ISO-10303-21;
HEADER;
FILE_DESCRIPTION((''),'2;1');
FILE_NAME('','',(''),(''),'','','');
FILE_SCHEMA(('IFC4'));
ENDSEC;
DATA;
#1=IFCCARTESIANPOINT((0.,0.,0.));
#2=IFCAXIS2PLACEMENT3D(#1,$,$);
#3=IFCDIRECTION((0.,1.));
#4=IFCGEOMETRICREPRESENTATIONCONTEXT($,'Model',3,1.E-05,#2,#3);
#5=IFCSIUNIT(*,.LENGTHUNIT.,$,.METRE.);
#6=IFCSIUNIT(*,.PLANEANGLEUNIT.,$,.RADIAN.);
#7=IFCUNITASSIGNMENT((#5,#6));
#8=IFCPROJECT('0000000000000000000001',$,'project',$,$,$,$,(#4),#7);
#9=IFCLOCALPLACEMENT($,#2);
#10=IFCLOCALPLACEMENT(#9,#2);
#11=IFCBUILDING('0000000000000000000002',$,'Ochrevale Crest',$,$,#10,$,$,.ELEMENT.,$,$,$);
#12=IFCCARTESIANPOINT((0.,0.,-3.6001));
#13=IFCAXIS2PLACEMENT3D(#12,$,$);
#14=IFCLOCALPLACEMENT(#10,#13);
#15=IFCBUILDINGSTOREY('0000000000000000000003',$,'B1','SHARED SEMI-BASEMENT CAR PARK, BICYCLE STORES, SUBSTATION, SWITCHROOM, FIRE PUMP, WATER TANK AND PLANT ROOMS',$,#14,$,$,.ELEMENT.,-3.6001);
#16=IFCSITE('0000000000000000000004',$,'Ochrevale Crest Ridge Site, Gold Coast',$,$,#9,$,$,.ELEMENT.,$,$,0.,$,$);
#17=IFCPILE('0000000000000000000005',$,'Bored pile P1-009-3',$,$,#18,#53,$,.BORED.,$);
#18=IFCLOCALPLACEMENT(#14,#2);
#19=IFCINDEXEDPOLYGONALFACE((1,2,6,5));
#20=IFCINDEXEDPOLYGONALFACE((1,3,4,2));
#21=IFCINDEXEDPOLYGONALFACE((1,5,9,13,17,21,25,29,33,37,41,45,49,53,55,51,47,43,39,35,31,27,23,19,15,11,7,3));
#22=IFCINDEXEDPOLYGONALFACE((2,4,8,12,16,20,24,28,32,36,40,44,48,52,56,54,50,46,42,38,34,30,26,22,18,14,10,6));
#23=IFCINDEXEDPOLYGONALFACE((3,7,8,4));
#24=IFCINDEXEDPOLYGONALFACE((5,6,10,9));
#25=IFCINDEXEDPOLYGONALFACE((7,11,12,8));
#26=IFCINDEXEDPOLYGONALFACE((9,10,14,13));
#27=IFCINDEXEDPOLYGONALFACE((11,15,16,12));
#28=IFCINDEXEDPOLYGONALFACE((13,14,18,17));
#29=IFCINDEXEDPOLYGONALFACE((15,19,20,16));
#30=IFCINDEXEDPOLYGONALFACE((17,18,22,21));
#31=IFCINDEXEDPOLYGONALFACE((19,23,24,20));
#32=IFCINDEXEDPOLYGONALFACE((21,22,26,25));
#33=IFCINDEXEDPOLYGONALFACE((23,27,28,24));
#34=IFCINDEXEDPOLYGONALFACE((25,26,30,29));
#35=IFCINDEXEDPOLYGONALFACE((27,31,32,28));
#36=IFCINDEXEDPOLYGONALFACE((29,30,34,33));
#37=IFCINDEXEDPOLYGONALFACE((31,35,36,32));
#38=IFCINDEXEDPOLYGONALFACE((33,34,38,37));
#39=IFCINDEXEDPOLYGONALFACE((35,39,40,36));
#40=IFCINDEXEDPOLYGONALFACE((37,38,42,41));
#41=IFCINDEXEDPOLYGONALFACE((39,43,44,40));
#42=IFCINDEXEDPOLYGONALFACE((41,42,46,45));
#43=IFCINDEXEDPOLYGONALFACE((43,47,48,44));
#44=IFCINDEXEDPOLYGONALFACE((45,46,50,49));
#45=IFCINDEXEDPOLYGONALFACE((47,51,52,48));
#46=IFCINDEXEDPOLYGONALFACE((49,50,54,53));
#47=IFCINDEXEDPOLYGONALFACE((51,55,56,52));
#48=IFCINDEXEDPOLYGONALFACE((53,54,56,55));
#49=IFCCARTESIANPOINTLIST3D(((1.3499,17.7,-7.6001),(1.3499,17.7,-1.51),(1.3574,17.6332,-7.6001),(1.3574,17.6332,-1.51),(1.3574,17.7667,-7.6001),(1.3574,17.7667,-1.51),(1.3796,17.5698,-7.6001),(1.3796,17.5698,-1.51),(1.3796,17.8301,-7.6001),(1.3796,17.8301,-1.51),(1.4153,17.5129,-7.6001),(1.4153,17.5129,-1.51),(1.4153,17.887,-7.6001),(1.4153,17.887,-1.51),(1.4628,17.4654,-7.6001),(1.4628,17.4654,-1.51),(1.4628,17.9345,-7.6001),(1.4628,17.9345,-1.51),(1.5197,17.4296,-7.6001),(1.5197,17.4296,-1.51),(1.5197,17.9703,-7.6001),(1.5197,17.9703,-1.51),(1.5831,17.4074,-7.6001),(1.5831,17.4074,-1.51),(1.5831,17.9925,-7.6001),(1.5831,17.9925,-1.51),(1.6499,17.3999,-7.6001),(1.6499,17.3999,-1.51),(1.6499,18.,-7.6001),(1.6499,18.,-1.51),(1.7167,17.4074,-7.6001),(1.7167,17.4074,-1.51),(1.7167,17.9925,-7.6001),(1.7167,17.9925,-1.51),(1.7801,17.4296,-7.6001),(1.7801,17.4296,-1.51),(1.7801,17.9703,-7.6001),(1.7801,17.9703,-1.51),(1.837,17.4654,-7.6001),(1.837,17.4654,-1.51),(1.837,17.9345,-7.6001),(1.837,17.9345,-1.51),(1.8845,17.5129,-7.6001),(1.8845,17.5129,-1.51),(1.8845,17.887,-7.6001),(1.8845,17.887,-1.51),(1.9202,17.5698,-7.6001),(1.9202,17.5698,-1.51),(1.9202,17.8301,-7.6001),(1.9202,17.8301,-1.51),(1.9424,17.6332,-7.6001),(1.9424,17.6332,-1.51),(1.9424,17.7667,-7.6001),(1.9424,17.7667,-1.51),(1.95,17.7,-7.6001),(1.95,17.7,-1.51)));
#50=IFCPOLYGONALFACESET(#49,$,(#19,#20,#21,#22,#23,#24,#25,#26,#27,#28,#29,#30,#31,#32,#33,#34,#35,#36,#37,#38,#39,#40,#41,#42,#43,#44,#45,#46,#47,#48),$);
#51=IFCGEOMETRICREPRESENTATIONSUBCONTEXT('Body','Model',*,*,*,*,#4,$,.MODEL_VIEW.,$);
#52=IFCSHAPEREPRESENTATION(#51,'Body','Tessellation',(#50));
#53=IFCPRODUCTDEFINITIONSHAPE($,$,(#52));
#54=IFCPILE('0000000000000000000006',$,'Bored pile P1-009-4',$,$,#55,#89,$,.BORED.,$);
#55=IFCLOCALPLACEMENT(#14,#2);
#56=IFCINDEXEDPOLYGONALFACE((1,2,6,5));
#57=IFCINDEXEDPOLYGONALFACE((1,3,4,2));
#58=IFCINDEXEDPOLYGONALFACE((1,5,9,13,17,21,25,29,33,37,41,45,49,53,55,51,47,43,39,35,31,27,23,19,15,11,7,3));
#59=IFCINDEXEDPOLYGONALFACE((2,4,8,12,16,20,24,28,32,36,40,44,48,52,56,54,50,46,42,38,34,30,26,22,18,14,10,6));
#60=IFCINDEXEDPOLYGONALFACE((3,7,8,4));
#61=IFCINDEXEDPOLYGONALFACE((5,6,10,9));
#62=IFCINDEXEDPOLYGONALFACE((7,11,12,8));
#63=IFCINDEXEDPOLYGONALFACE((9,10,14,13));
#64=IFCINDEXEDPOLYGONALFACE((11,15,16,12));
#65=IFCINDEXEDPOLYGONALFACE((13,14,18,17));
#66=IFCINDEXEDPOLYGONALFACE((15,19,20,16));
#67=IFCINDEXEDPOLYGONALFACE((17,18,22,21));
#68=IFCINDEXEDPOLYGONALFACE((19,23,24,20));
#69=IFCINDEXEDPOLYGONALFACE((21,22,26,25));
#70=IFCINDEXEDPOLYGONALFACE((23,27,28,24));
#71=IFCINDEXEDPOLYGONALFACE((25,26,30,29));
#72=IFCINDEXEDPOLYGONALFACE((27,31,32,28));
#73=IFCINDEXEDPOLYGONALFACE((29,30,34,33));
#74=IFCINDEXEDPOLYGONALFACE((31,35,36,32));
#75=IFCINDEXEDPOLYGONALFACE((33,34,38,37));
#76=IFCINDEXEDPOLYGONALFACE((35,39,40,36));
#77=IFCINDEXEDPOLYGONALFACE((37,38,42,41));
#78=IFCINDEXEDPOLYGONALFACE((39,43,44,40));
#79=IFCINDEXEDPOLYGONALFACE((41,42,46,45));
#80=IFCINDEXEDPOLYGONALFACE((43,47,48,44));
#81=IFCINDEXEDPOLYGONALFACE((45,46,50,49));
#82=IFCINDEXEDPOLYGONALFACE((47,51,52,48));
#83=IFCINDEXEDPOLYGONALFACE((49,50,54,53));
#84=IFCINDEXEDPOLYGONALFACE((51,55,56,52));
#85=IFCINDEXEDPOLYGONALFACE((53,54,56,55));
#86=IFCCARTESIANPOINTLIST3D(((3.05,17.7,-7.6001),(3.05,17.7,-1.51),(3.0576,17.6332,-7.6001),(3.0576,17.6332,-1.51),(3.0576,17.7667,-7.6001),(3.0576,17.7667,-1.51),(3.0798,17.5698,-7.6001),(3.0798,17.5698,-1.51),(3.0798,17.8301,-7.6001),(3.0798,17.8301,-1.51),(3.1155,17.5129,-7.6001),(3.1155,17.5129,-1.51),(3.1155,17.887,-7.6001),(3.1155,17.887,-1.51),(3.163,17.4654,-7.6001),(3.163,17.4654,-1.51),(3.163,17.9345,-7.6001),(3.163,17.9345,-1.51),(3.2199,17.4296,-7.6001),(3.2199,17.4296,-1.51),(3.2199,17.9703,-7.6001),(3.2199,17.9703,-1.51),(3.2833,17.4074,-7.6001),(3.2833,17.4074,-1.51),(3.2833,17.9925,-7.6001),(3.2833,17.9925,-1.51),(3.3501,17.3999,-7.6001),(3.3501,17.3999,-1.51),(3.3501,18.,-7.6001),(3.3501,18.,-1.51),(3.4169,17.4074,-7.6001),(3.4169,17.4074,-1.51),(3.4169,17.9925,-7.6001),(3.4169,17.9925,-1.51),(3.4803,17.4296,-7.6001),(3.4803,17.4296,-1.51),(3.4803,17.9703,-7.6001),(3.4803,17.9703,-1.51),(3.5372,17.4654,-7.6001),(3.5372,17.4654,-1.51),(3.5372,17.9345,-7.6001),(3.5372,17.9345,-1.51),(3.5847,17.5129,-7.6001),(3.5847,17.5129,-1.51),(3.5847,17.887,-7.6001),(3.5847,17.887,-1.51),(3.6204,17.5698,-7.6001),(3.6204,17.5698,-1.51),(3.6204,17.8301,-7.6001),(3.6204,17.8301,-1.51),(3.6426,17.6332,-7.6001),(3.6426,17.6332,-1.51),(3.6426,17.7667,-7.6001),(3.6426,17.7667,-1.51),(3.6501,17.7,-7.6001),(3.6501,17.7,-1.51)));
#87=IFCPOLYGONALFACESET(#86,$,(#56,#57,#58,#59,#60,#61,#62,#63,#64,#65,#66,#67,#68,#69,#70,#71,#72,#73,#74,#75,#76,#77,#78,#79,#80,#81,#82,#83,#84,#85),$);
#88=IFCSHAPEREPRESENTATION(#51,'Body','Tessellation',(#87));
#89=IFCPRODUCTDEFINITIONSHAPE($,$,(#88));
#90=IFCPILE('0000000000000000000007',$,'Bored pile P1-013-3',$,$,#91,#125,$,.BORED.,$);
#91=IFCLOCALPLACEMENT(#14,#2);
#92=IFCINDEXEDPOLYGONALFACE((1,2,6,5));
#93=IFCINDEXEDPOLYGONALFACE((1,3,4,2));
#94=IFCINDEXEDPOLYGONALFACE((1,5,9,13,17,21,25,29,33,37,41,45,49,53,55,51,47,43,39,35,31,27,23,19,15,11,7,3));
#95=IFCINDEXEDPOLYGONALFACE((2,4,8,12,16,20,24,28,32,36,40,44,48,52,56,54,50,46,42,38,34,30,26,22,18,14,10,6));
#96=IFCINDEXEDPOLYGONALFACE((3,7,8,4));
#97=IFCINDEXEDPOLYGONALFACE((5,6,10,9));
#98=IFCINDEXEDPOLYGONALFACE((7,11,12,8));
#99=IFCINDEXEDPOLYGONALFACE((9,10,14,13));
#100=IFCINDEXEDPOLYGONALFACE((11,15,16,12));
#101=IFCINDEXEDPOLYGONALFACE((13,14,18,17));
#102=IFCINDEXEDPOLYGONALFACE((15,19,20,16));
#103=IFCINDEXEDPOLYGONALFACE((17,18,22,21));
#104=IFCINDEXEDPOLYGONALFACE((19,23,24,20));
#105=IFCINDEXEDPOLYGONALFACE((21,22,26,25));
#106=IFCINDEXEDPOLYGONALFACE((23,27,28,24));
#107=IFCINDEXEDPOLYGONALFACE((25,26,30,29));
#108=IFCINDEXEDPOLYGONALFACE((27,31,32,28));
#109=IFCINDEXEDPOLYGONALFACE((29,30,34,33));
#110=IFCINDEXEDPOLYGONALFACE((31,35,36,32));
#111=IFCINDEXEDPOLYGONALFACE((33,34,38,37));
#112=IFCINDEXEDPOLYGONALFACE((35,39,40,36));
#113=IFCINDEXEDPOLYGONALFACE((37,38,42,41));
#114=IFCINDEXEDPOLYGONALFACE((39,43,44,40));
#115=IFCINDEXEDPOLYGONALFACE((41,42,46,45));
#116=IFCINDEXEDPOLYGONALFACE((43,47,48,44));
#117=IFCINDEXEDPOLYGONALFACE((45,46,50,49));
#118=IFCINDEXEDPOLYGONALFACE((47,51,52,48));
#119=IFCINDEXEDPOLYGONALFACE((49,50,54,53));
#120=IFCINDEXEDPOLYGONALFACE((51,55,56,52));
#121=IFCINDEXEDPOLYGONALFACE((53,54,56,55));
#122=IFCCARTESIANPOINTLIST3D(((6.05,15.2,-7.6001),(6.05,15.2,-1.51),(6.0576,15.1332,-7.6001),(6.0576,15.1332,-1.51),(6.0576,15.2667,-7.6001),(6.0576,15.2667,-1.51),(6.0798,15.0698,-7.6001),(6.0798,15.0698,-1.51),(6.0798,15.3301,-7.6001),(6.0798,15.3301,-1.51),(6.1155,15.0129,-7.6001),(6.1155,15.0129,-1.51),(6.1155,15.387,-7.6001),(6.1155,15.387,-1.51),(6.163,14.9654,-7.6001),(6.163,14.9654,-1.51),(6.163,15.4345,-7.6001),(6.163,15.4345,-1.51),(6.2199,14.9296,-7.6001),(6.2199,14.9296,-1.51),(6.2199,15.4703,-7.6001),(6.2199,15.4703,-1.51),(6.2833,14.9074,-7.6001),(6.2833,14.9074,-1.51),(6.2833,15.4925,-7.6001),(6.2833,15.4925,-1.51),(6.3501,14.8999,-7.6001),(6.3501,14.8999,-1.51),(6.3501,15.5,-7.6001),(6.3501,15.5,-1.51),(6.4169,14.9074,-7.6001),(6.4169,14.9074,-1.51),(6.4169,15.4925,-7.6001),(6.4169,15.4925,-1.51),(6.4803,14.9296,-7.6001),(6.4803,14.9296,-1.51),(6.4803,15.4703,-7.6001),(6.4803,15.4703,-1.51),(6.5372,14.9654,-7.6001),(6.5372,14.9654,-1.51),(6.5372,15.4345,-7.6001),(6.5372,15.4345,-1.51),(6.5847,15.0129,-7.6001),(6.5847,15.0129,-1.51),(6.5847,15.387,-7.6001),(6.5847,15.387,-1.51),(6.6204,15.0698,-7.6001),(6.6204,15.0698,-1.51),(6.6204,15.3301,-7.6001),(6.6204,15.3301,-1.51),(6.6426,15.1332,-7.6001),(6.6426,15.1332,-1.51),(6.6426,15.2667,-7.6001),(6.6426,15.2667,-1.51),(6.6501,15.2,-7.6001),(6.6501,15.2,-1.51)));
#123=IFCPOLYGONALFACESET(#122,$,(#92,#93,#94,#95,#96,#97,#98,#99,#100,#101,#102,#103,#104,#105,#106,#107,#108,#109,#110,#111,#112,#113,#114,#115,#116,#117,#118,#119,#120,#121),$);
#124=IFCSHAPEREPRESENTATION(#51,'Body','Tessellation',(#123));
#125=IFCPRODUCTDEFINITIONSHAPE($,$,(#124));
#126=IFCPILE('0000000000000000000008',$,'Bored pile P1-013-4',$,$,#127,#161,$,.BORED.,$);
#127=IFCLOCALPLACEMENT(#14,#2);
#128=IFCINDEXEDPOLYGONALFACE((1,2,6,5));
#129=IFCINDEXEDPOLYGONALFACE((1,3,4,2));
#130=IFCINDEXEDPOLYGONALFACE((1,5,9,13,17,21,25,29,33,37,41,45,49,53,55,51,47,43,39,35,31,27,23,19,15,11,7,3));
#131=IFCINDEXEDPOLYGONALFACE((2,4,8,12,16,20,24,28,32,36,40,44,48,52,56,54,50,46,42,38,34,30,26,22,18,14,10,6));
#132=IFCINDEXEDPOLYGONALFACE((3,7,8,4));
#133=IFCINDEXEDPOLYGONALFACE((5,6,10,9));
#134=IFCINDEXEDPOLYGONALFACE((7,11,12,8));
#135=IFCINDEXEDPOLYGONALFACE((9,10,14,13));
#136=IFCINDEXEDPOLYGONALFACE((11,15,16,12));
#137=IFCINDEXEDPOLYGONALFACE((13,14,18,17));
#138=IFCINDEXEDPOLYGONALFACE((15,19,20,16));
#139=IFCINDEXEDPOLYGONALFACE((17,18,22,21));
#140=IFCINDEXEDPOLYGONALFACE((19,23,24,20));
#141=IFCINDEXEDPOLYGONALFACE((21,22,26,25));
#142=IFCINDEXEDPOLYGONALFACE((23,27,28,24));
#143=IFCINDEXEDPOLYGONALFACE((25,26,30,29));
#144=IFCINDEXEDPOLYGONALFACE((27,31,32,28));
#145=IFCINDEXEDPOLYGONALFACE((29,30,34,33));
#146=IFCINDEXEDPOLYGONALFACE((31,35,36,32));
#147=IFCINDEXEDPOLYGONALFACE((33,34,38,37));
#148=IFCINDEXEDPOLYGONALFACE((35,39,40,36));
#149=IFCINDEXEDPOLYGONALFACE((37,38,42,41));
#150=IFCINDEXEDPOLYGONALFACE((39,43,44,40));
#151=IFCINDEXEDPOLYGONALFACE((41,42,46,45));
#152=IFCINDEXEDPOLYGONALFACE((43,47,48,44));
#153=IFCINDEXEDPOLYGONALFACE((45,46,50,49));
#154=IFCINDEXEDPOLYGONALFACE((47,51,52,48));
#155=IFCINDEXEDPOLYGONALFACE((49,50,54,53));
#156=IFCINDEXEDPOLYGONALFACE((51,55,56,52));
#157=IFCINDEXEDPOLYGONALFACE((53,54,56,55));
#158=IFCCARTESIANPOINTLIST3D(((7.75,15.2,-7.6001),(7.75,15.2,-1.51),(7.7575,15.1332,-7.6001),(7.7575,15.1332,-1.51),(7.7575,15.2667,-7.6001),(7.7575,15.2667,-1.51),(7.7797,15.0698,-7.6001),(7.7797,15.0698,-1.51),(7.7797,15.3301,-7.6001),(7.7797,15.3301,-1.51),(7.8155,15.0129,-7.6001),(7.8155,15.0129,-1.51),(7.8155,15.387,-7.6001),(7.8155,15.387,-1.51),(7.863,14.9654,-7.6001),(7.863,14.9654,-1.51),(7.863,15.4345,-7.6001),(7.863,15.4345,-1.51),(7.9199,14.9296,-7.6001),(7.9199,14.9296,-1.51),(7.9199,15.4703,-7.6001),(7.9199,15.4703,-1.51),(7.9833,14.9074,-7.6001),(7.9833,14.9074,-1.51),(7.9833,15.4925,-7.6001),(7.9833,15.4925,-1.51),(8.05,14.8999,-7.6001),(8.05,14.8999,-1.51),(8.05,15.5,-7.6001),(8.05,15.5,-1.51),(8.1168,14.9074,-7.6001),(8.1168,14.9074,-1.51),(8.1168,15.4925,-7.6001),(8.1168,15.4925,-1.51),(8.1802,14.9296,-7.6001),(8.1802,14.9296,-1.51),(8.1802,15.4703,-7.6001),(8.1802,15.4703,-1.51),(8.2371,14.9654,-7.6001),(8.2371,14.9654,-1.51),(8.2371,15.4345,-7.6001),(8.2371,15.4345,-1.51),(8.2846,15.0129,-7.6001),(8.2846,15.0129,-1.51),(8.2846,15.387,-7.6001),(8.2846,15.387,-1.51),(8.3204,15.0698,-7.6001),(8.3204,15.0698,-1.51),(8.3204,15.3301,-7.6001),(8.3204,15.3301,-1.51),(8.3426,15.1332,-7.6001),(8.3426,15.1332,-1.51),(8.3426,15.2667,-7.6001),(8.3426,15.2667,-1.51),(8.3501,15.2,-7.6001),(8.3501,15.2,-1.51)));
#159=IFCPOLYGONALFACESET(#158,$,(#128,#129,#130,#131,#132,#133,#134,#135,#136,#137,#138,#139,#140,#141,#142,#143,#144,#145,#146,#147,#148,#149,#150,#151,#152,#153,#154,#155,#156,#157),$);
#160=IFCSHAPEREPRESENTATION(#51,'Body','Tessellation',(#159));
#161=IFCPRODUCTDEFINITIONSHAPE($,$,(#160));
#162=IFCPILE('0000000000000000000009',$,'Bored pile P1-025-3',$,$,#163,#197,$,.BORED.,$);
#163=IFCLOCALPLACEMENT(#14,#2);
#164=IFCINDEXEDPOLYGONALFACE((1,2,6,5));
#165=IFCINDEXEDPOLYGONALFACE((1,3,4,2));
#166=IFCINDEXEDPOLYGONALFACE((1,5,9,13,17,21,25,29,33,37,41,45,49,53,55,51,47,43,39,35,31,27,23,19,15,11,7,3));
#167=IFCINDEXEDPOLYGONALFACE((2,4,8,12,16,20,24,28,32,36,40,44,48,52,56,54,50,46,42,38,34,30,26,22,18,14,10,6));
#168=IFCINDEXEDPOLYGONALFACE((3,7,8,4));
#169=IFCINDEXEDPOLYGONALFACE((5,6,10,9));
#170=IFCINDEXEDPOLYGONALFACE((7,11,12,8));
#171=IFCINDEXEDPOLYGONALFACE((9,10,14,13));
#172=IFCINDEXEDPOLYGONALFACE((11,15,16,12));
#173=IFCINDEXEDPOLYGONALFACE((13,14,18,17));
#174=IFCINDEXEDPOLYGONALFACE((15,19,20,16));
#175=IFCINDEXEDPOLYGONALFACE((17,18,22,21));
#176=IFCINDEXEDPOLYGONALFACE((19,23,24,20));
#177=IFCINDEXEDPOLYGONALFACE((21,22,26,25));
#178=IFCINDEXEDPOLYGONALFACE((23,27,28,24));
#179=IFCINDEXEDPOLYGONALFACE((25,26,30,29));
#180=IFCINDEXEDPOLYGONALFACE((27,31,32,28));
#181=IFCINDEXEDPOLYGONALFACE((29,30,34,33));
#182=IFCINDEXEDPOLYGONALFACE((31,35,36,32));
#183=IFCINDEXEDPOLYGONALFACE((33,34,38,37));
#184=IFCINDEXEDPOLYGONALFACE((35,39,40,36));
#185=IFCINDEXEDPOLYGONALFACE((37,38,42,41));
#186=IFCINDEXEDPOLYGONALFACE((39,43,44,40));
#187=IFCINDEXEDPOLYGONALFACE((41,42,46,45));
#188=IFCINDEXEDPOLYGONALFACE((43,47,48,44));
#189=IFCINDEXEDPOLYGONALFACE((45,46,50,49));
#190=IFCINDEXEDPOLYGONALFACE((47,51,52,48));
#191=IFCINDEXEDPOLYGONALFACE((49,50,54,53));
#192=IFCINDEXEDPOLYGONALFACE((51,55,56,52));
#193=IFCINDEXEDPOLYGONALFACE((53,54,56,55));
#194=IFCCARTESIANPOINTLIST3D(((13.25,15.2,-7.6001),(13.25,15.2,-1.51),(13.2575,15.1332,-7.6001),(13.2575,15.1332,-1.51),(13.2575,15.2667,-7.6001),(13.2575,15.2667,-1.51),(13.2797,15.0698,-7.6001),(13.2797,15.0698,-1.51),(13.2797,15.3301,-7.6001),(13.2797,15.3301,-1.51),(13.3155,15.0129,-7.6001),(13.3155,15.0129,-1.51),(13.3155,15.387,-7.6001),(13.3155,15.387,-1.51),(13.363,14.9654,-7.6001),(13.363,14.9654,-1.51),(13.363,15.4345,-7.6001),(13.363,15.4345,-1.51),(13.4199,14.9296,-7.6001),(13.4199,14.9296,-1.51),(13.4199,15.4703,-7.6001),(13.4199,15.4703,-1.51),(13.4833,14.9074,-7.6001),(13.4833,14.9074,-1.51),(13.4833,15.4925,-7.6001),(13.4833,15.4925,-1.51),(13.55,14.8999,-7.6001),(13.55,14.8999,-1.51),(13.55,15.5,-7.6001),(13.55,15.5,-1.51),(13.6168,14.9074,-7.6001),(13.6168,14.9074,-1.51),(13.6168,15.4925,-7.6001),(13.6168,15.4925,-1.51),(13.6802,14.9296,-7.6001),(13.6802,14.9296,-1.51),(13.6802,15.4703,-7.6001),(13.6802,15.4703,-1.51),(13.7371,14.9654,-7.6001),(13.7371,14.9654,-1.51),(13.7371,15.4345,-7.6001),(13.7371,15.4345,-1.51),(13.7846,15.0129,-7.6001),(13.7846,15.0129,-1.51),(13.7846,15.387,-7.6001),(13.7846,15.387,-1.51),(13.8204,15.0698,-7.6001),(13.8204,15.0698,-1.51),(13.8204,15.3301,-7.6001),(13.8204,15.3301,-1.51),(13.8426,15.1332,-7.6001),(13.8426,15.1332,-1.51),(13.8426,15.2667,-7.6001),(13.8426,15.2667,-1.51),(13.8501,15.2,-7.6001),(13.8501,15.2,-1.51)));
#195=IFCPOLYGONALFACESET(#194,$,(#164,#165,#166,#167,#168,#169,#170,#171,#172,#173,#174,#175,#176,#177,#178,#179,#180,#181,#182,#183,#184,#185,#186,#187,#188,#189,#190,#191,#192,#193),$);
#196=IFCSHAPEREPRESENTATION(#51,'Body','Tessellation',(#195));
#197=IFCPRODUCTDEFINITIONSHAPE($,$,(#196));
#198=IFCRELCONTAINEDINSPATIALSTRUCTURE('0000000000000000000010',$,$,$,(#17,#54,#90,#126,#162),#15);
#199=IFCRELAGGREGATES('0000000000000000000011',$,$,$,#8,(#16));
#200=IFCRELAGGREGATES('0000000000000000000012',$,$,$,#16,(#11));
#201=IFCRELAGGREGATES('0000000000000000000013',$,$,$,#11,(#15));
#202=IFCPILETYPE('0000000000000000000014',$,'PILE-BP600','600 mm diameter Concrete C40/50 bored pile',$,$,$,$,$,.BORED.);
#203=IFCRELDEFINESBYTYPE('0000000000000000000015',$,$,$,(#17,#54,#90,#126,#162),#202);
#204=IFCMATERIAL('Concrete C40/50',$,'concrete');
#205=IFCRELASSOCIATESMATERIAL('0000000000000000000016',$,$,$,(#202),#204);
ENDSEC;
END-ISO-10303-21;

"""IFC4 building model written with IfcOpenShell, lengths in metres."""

from ifc_helpers import new_model, si_unit, direction, frame, origin, origin_2d, place, context, subcontext, project, spatial, circle, extrude, material, material_profile, profile_set, type_object, element, save


model = new_model("IFC4")

# Units and contexts
model_context = context("Model", 3, precision=1e-05, world=origin(), true_north=direction((0.0, 1.0)))
body_context = subcontext(model_context, "Body", "Model", "MODEL_VIEW")
ifc_project = project(units=[si_unit("LENGTHUNIT", "METRE"), si_unit("PLANEANGLEUNIT", "RADIAN")], contexts=[model_context])

# Site, building, storey
site_placement = place(None, origin())
site = spatial("IfcSite", under=ifc_project, at=site_placement, Name="Ochrevale Crest Ridge Site, Gold Coast", CompositionType="ELEMENT", RefElevation=0.0)
building_placement = place(site_placement, origin())
building = spatial("IfcBuilding", under=site, at=building_placement, Name="Ochrevale Crest", CompositionType="ELEMENT")
storey_placement = place(building_placement, frame((0.0, 0.0, -3.6001)))
storey = spatial("IfcBuildingStorey", under=building, at=storey_placement, Name="B1", Description="SHARED SEMI-BASEMENT CAR PARK, BICYCLE STORES, SUBSTATION, SWITCHROOM, FIRE PUMP, WATER TANK AND PLANT ROOMS", CompositionType="ELEMENT", Elevation=-3.6001)

# Shared definitions
ifc_material_1 = material(Name="Concrete C40/50", Category="concrete")

# Piles
ifc_material_profile_1 = material_profile(ifc_material_1, circle(Radius=0.3, at=origin_2d()), Name="BORED PILE 600")
ifc_profile_set_1 = profile_set([ifc_material_profile_1], Name="Concrete C40/50")
pile_type_1 = type_object("IfcPileType", Name="PILE-BP600", Description="600 mm diameter Concrete C40/50 bored pile", PredefinedType="BORED", material=ifc_profile_set_1)
for number, where, z_axis, x_axis, name in (
    (1, (1.6499, 17.7, -1.51), (0.0, 0.0, -1.0), (1.0, 0.0, 0.0), "Bored pile P1-009-3"),
    (2, (3.3501, 17.7, -1.51), (0.0, 0.0, -1.0), (1.0, 0.0, 0.0), "Bored pile P1-009-4"),
    (3, (6.3501, 15.2, -1.51), (0.0, 0.0, -1.0), (1.0, 0.0, 0.0), "Bored pile P1-013-3"),
    (4, (8.05, 15.2, -1.51), (0.0, 0.0, -1.0), (1.0, 0.0, 0.0), "Bored pile P1-013-4"),
    (5, (13.55, 15.2, -1.51), (0.0, 0.0, -1.0), (1.0, 0.0, 0.0), "Bored pile P1-025-3"),
):
    element("IfcPile", number, at=place(storey_placement, frame(where, z_axis=z_axis, x_axis=x_axis)), inside=storey, type_object=pile_type_1, Name=name, PredefinedType="BORED", context=body_context, shape_type="SweptSolid", body=[
        extrude(circle(Radius=0.3, at=origin_2d()), origin(), (0.0, 0.0, 1.0), 6.0901),
    ])

save(model, "model.ifc")
